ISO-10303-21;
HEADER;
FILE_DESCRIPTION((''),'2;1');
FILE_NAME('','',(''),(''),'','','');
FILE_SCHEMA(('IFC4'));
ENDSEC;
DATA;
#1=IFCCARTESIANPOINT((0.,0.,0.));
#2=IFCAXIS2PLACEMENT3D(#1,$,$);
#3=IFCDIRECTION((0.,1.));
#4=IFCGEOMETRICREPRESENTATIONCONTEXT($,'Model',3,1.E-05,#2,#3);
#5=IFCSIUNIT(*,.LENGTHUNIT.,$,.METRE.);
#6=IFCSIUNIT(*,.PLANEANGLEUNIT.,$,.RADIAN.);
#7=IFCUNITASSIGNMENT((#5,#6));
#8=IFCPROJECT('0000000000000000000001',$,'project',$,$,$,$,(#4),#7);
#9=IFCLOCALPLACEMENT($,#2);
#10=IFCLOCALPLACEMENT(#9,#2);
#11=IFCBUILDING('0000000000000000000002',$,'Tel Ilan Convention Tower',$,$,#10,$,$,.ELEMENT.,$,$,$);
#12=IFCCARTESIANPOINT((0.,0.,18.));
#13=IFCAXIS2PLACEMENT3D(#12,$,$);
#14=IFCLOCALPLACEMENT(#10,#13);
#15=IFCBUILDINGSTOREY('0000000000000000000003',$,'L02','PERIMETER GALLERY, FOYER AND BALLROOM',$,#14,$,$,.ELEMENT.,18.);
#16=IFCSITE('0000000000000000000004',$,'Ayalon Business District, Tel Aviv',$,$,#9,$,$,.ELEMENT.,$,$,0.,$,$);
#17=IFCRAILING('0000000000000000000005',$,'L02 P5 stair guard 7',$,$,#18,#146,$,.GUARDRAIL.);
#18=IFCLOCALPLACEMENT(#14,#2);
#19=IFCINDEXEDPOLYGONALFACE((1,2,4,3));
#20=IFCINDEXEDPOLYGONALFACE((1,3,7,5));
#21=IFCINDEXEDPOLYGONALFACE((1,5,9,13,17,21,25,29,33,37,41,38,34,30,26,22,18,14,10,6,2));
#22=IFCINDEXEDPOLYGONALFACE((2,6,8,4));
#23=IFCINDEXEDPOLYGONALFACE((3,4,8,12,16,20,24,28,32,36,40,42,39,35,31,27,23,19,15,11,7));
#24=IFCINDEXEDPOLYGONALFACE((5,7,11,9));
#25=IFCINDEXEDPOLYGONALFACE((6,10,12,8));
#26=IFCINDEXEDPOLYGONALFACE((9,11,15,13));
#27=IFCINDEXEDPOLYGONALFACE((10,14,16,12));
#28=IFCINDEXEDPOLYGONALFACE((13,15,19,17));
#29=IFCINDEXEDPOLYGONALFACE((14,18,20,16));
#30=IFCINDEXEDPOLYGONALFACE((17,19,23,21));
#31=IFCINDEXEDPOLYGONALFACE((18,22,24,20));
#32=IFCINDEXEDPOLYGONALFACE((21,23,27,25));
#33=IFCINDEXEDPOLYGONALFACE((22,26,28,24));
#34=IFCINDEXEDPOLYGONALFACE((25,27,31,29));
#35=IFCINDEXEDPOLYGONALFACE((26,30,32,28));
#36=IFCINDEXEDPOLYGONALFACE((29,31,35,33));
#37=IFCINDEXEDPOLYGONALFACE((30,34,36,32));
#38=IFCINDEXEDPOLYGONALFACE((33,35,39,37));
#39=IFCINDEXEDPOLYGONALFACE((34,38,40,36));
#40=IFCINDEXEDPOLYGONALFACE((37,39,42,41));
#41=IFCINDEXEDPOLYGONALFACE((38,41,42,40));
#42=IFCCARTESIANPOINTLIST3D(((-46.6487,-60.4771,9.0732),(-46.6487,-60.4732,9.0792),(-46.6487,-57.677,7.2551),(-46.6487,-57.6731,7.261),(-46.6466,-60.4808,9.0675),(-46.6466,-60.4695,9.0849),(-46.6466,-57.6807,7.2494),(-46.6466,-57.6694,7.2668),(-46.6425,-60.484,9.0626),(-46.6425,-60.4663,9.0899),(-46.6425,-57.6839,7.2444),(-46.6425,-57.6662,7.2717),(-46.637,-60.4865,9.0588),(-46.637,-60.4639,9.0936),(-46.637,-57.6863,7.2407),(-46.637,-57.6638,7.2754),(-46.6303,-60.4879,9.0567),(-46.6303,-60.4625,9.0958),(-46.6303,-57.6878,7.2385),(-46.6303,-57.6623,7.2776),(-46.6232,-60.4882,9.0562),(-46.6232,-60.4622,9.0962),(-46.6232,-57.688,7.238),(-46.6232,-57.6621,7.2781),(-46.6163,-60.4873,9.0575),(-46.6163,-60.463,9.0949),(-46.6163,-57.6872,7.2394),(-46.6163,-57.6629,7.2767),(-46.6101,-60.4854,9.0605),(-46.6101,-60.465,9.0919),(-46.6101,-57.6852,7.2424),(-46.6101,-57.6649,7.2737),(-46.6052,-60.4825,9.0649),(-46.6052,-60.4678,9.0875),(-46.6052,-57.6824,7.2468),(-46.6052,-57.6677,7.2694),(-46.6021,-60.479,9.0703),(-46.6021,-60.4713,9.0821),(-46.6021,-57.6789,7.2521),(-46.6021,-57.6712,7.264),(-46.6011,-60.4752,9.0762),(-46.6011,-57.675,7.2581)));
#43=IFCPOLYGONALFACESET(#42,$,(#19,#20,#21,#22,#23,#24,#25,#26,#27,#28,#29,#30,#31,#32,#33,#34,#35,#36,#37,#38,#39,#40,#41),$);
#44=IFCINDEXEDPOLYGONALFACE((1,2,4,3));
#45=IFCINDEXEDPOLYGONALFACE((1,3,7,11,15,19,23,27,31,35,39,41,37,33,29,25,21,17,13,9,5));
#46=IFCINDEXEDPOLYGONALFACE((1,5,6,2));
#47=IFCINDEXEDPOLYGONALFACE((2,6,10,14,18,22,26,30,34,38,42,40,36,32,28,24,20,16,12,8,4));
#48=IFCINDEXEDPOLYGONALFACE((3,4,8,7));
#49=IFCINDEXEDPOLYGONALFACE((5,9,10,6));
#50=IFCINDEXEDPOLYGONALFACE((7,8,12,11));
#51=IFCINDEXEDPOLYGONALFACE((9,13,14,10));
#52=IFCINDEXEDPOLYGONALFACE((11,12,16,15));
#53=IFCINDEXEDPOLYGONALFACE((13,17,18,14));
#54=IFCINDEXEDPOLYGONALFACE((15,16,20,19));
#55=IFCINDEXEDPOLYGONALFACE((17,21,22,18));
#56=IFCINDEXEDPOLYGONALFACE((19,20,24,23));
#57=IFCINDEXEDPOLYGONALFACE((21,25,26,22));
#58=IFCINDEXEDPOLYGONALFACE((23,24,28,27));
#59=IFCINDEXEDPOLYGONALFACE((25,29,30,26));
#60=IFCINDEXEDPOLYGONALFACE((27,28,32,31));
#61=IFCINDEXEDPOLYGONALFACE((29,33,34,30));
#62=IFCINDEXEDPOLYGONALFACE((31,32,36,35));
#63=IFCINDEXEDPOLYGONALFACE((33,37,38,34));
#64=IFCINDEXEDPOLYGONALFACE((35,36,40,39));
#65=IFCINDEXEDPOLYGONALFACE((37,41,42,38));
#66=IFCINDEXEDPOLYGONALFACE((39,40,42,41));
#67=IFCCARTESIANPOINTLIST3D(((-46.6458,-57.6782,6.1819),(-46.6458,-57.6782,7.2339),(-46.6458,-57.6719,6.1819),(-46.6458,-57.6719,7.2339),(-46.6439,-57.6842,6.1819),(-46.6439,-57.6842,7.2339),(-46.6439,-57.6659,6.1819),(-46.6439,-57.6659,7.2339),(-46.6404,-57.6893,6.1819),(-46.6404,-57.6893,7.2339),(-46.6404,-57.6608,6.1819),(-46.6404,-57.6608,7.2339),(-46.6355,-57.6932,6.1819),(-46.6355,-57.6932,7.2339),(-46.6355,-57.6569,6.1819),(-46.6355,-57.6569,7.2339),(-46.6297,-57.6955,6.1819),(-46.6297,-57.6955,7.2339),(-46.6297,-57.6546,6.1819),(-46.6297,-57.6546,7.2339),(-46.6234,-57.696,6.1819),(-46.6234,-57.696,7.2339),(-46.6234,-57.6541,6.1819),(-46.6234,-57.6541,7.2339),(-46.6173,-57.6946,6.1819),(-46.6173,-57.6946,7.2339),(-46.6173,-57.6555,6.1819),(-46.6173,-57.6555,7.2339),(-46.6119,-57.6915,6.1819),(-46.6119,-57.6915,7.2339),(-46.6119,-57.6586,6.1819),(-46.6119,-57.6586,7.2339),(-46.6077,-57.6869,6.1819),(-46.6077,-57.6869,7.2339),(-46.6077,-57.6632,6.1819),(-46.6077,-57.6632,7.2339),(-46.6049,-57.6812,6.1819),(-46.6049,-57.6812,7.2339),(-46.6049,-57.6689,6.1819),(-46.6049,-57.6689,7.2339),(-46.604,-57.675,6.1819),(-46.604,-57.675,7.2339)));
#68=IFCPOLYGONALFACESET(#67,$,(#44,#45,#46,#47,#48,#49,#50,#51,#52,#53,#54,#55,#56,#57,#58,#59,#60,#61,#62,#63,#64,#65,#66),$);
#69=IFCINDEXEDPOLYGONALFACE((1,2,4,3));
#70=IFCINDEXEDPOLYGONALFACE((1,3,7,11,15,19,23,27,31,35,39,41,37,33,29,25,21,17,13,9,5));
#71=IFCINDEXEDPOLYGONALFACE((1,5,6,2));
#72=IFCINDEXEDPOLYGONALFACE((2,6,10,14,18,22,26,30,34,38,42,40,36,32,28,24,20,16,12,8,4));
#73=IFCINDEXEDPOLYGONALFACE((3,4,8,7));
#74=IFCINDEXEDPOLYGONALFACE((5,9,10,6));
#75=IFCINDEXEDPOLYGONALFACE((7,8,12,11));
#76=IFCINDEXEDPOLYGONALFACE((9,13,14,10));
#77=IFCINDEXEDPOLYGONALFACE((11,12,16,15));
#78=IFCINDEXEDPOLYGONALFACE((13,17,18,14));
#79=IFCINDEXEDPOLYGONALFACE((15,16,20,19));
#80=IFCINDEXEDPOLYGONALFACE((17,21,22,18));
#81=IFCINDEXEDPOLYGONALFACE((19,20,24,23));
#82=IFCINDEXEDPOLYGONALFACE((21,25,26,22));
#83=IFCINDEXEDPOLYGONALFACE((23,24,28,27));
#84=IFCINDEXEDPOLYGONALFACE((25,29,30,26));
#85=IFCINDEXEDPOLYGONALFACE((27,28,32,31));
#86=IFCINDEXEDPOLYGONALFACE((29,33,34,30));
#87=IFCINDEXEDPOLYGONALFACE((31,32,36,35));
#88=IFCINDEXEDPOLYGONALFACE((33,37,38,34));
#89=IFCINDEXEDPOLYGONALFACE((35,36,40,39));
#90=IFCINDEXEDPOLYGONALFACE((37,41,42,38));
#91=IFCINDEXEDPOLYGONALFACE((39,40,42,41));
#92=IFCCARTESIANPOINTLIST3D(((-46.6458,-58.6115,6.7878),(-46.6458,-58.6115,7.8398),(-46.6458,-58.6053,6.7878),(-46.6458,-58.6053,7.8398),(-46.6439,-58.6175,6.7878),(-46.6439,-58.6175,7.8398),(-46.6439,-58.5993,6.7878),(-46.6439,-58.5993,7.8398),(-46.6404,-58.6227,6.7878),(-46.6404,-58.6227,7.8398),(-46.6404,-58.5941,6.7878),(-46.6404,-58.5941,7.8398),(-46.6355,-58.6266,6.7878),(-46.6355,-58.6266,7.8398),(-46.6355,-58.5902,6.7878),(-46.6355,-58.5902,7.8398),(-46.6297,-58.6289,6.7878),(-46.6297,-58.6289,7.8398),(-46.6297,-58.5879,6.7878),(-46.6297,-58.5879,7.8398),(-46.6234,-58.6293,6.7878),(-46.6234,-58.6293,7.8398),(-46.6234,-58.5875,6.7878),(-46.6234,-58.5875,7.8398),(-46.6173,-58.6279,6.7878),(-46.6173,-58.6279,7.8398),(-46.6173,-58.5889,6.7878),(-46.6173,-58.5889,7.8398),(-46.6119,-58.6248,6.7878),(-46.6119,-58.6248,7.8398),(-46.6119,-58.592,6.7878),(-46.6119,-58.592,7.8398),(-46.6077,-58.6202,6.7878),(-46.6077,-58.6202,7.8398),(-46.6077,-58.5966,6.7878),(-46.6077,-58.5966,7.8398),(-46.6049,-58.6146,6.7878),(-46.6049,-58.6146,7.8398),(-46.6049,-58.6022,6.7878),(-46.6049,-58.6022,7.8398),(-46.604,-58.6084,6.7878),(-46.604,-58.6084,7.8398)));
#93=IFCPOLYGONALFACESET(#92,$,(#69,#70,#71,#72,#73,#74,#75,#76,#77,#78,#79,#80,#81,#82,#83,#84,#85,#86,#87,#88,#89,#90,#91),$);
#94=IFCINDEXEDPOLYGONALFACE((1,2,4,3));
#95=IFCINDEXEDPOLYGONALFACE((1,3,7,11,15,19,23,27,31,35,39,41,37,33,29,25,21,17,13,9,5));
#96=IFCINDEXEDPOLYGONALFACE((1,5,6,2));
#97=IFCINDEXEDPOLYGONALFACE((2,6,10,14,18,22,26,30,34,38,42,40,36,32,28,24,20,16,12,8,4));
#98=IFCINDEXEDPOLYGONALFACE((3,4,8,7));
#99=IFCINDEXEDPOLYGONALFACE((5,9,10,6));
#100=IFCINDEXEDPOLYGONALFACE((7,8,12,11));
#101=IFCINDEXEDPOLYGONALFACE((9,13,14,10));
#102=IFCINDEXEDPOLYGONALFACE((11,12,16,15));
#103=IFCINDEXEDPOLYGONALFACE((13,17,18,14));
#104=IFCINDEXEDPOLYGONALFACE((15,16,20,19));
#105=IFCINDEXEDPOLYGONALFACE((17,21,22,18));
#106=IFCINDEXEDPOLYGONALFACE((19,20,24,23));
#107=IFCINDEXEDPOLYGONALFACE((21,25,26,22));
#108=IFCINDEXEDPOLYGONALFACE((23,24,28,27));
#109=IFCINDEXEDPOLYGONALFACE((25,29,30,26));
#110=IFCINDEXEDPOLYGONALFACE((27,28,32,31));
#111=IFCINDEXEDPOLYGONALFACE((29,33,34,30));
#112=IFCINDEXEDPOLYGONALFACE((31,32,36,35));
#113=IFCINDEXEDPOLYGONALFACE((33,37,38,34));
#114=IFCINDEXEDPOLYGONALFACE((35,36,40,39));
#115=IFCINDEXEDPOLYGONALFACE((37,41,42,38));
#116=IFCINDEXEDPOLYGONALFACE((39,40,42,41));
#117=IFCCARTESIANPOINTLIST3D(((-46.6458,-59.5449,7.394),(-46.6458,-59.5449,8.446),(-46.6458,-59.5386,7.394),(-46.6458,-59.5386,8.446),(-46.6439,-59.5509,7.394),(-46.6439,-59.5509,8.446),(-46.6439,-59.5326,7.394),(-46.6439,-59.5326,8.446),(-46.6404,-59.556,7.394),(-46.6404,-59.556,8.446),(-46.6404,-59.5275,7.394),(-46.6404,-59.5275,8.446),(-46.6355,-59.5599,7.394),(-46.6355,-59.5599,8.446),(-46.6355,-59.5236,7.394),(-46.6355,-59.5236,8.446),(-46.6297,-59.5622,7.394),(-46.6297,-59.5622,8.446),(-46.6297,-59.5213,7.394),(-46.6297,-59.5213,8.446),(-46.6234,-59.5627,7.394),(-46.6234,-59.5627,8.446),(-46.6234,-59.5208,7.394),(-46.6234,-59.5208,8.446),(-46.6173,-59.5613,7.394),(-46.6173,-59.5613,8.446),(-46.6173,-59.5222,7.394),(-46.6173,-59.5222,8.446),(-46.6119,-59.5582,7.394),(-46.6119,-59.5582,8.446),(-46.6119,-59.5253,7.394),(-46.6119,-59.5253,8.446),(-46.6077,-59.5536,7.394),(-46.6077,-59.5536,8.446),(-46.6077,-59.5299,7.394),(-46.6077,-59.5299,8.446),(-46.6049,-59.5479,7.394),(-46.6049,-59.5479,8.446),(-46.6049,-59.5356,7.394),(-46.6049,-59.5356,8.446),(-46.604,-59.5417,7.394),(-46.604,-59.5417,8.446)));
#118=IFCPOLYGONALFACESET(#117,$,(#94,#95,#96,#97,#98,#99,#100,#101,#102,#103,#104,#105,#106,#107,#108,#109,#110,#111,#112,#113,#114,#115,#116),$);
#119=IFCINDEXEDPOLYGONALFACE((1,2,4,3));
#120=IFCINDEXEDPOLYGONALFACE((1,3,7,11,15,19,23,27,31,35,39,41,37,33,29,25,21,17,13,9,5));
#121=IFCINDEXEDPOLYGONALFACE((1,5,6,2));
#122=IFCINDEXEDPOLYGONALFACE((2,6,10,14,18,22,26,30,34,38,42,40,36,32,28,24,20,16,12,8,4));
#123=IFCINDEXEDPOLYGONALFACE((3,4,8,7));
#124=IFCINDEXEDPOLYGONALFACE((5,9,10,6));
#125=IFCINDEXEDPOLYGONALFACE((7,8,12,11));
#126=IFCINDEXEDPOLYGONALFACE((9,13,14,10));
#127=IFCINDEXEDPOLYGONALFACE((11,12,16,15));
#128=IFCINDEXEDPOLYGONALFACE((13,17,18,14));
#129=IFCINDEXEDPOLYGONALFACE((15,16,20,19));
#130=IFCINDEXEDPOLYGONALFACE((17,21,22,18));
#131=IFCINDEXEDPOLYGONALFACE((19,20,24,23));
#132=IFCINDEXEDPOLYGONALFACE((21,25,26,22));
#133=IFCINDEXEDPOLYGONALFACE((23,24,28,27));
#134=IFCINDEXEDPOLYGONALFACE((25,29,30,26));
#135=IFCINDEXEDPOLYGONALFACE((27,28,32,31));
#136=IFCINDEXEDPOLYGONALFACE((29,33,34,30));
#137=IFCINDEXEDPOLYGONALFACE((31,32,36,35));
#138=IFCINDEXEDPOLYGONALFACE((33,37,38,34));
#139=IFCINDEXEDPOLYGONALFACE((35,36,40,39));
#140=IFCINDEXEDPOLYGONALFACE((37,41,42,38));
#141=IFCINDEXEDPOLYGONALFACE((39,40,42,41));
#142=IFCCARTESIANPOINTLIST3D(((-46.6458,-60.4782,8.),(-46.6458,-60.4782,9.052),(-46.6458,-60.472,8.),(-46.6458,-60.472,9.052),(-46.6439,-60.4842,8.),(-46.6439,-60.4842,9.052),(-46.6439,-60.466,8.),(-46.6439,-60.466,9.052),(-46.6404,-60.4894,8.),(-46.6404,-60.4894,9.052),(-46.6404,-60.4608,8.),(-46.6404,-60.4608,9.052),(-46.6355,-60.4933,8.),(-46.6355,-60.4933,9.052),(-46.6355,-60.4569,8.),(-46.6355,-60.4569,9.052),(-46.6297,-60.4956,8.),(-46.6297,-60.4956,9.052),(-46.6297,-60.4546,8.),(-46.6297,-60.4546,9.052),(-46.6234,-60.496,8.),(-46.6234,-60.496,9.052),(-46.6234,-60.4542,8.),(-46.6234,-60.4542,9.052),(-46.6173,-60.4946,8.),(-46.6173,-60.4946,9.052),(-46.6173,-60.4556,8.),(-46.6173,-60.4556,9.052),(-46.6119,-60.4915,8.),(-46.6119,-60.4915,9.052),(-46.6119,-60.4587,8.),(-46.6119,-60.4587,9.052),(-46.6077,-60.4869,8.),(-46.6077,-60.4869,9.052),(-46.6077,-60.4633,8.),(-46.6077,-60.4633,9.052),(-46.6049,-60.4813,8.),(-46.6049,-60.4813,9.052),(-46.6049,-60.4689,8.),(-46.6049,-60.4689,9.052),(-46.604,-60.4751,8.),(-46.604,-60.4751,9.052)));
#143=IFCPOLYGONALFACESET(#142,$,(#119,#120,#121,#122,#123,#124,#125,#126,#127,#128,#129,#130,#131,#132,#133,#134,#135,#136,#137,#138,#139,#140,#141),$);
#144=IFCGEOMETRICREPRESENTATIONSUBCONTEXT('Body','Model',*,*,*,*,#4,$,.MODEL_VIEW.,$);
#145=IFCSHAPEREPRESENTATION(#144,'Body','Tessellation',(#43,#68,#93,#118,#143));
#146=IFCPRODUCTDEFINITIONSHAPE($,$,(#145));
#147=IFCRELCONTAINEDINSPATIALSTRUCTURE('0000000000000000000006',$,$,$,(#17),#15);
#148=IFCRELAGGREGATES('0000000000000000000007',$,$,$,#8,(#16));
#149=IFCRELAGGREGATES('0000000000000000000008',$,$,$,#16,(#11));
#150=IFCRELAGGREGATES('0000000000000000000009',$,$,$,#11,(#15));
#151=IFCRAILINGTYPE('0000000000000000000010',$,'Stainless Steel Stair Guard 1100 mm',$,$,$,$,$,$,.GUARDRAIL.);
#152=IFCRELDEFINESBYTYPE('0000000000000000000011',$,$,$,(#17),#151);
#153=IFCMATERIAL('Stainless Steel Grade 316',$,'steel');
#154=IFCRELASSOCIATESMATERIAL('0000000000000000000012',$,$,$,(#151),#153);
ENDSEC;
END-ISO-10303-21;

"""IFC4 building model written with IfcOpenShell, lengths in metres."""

from ifc_helpers import new_model, si_unit, direction, frame, origin, origin_2d, place, context, subcontext, project, spatial, circle, extrude, material, type_object, element, save


model = new_model("IFC4")

# Units and contexts
model_context = context("Model", 3, precision=1e-05, world=origin(), true_north=direction((0.0, 1.0)))
body_context = subcontext(model_context, "Body", "Model", "MODEL_VIEW")
ifc_project = project(units=[si_unit("LENGTHUNIT", "METRE"), si_unit("PLANEANGLEUNIT", "RADIAN")], contexts=[model_context])

# Site, building, storey
site_placement = place(None, origin())
site = spatial("IfcSite", under=ifc_project, at=site_placement, Name="Ayalon Business District, Tel Aviv", CompositionType="ELEMENT", RefElevation=0.0)
building_placement = place(site_placement, origin())
building = spatial("IfcBuilding", under=site, at=building_placement, Name="Tel Ilan Convention Tower", CompositionType="ELEMENT")
storey_placement = place(building_placement, frame((0.0, 0.0, 18.0)))
storey = spatial("IfcBuildingStorey", under=building, at=storey_placement, Name="L02", Description="PERIMETER GALLERY, FOYER AND BALLROOM", CompositionType="ELEMENT", Elevation=18.0)

# Railing
ifc_material_1 = material(Name="Stainless Steel Grade 316", Category="steel")
railing_type_1 = type_object("IfcRailingType", Name="Stainless Steel Stair Guard 1100 mm", PredefinedType="GUARDRAIL", material=ifc_material_1)
railing_1_placement = place(storey_placement, frame((-46.625, -57.675, 6.1819)))
element("IfcRailing", 1, at=railing_1_placement, inside=storey, type_object=railing_type_1, Name="L02 P5 stair guard 7", PredefinedType="GUARDRAIL", context=body_context, shape_type="SweptSolid", body=[
    extrude(circle(Radius=0.0239, at=origin_2d()), frame((0.0, 0.0, 1.0762), z_axis=(0.0, -0.838706, 0.544585), x_axis=(1.0, 0.0, 0.0)), (0.0, 0.0, 1.0), 3.3386),
    extrude(circle(Radius=0.021, at=origin_2d()), origin(), (0.0, 0.0, 1.0), 1.052),
    extrude(circle(Radius=0.021, at=origin_2d()), frame((0.0, -0.9333, 0.606)), (0.0, 0.0, 1.0), 1.052),
    extrude(circle(Radius=0.021, at=origin_2d()), frame((0.0, -1.8667, 1.2122)), (0.0, 0.0, 1.0), 1.052),
    extrude(circle(Radius=0.021, at=origin_2d()), frame((0.0, -2.8, 1.8181)), (0.0, 0.0, 1.0), 1.052),
])

save(model, "model.ifc")
